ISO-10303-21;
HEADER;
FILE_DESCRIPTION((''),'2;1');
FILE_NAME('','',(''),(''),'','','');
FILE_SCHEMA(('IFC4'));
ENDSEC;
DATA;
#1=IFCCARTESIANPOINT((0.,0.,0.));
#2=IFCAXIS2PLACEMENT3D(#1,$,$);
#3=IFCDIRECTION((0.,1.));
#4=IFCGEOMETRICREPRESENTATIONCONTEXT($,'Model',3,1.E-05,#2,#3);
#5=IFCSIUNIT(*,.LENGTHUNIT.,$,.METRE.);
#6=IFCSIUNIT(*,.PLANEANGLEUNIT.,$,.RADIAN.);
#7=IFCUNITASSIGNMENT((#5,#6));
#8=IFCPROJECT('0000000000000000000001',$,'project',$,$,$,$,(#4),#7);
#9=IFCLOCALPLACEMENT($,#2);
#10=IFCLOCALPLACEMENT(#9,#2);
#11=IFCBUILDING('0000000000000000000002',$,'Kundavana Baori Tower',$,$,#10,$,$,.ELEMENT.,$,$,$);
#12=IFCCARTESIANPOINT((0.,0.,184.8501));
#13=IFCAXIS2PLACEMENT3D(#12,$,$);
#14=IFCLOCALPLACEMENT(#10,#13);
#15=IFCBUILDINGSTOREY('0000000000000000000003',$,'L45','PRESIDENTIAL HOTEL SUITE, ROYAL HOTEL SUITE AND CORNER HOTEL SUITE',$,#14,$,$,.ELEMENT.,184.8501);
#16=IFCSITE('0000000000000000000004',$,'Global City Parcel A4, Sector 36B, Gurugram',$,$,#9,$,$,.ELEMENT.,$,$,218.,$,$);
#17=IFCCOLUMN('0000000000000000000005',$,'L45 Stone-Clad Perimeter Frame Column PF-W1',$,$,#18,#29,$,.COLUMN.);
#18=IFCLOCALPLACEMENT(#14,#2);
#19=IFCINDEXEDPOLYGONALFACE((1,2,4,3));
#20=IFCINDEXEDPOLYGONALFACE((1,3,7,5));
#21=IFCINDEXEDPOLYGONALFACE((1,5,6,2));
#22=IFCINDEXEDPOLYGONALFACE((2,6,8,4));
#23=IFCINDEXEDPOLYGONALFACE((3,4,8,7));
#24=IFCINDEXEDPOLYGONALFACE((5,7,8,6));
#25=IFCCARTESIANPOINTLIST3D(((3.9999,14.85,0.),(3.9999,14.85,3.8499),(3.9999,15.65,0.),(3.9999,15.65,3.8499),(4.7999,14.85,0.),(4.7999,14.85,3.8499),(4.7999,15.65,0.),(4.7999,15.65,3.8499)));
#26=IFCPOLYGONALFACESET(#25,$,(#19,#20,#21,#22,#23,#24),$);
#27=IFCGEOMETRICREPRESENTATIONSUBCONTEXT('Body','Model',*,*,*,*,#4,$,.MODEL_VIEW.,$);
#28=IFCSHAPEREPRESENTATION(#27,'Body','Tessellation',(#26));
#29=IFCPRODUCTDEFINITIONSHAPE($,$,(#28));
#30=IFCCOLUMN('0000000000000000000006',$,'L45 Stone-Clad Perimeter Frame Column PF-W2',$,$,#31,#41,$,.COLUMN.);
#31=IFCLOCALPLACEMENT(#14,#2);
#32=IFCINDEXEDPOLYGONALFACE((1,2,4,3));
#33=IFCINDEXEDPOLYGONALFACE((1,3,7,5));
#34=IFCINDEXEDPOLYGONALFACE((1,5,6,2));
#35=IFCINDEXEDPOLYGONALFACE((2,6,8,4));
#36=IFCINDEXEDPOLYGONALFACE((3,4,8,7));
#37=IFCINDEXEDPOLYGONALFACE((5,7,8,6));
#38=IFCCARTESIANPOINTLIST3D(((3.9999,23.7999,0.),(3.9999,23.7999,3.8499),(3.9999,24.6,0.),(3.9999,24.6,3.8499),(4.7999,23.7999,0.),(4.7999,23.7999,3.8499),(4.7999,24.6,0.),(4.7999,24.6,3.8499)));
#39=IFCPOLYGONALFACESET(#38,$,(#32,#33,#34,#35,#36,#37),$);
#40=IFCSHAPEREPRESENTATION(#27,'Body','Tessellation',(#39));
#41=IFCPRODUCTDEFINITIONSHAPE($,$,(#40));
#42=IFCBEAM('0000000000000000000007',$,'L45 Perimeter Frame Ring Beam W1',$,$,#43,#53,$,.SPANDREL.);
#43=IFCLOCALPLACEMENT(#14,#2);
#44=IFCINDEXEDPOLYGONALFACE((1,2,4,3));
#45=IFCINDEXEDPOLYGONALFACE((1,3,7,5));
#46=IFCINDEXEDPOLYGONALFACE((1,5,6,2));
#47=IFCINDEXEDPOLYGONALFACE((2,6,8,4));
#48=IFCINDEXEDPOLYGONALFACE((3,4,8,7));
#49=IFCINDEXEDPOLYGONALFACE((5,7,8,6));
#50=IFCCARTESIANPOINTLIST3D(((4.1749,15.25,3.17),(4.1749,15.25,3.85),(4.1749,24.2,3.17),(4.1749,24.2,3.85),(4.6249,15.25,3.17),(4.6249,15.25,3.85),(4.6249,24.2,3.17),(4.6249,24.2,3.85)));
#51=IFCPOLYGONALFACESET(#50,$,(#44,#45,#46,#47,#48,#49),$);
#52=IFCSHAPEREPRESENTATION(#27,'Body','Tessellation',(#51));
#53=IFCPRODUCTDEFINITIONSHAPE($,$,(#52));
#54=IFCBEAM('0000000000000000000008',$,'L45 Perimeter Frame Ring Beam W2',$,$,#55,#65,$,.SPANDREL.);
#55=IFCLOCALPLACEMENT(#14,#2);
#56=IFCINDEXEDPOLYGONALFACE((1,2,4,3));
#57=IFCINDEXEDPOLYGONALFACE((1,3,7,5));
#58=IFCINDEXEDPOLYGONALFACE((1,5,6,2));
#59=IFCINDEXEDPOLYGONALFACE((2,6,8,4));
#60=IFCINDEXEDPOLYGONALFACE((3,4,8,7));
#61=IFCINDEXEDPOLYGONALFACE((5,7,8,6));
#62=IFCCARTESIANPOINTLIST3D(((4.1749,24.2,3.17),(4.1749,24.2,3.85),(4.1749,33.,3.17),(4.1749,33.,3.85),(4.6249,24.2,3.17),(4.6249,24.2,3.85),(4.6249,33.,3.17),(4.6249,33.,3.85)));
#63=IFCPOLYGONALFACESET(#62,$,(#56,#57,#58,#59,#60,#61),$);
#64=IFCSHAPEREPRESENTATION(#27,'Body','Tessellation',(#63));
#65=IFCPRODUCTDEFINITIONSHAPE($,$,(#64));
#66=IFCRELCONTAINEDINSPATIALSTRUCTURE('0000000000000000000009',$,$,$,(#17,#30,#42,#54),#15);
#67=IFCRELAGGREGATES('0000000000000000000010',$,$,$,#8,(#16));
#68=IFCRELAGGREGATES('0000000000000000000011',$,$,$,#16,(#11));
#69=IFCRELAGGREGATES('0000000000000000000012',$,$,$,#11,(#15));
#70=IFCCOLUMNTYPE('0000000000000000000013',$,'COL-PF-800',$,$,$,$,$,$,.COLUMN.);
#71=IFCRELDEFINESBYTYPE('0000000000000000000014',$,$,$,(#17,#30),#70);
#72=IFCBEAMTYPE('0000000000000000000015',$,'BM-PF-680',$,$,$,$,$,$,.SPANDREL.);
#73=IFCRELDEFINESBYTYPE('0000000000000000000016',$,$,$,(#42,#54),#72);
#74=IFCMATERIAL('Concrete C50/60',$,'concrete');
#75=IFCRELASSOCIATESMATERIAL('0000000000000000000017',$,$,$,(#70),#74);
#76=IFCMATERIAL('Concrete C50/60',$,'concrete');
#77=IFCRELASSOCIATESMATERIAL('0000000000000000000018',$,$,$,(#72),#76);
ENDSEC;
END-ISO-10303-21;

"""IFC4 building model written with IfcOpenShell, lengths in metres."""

from ifc_helpers import new_model, si_unit, direction, frame, origin, origin_2d, place, context, subcontext, project, spatial, rectangle, extrude, material, material_profile, profile_set, type_object, element, save


model = new_model("IFC4")

# Units and contexts
model_context = context("Model", 3, precision=1e-05, world=origin(), true_north=direction((0.0, 1.0)))
body_context = subcontext(model_context, "Body", "Model", "MODEL_VIEW")
ifc_project = project(units=[si_unit("LENGTHUNIT", "METRE"), si_unit("PLANEANGLEUNIT", "RADIAN")], contexts=[model_context])

# Site, building, storey
site_placement = place(None, origin())
site = spatial("IfcSite", under=ifc_project, at=site_placement, Name="Global City Parcel A4, Sector 36B, Gurugram", CompositionType="ELEMENT", RefElevation=218.0)
building_placement = place(site_placement, origin())
building = spatial("IfcBuilding", under=site, at=building_placement, Name="Kundavana Baori Tower", CompositionType="ELEMENT")
storey_placement = place(building_placement, frame((0.0, 0.0, 184.8501)))
storey = spatial("IfcBuildingStorey", under=building, at=storey_placement, Name="L45", Description="PRESIDENTIAL HOTEL SUITE, ROYAL HOTEL SUITE AND CORNER HOTEL SUITE", CompositionType="ELEMENT", Elevation=184.8501)

# Columns
ifc_material_1 = material(Name="Concrete C50/60", Category="concrete")
ifc_material_profile_1 = material_profile(ifc_material_1, rectangle(XDim=0.8, YDim=0.8, at=origin_2d()), Name="RC PF 800x800")
ifc_profile_set_1 = profile_set([ifc_material_profile_1], Name="Concrete C50/60")
column_type = type_object("IfcColumnType", Name="COL-PF-800", PredefinedType="COLUMN", material=ifc_profile_set_1)
for number, where, z_axis, x_axis, name in (
    (1, (4.3999, 15.25, 0.0), (0.0, 0.0, 1.0), (1.0, 0.0, 0.0), "L45 Stone-Clad Perimeter Frame Column PF-W1"),
    (2, (4.3999, 24.2, 0.0), (0.0, 0.0, 1.0), (1.0, 0.0, 0.0), "L45 Stone-Clad Perimeter Frame Column PF-W2"),
):
    element("IfcColumn", number, at=place(storey_placement, frame(where, z_axis=z_axis, x_axis=x_axis)), inside=storey, type_object=column_type, Name=name, PredefinedType="COLUMN", context=body_context, shape_type="SweptSolid", body=[
        extrude(rectangle(XDim=0.8, YDim=0.8, at=origin_2d()), origin(), (0.0, 0.0, 1.0), 3.8499),
    ])

# Beams
ifc_material_2 = material(Name="Concrete C50/60", Category="concrete")
ifc_material_profile_2 = material_profile(ifc_material_2, rectangle(XDim=0.45, YDim=0.6799, at=origin_2d()), Name="RC BM 450x680")
ifc_profile_set_2 = profile_set([ifc_material_profile_2], Name="Concrete C50/60")
beam_type = type_object("IfcBeamType", Name="BM-PF-680", PredefinedType="SPANDREL", material=ifc_profile_set_2)
beam_1_placement = place(storey_placement, frame((4.3999, 15.25, 3.51), z_axis=(0.0, 1.0, 0.0), x_axis=(-1.0, 0.0, 0.0)))
element("IfcBeam", 3, at=beam_1_placement, inside=storey, type_object=beam_type, Name="L45 Perimeter Frame Ring Beam W1", PredefinedType="SPANDREL", context=body_context, shape_type="SweptSolid", body=[
    extrude(rectangle(XDim=0.45, YDim=0.6799, at=origin_2d()), origin(), (0.0, 0.0, 1.0), 8.95),
])
beam_2_placement = place(storey_placement, frame((4.3999, 24.2, 3.51), z_axis=(0.0, 1.0, 0.0), x_axis=(-1.0, 0.0, 0.0)))
element("IfcBeam", 4, at=beam_2_placement, inside=storey, type_object=beam_type, Name="L45 Perimeter Frame Ring Beam W2", PredefinedType="SPANDREL", context=body_context, shape_type="SweptSolid", body=[
    extrude(rectangle(XDim=0.45, YDim=0.6799, at=origin_2d()), origin(), (0.0, 0.0, 1.0), 8.8),
])

save(model, "model.ifc")
